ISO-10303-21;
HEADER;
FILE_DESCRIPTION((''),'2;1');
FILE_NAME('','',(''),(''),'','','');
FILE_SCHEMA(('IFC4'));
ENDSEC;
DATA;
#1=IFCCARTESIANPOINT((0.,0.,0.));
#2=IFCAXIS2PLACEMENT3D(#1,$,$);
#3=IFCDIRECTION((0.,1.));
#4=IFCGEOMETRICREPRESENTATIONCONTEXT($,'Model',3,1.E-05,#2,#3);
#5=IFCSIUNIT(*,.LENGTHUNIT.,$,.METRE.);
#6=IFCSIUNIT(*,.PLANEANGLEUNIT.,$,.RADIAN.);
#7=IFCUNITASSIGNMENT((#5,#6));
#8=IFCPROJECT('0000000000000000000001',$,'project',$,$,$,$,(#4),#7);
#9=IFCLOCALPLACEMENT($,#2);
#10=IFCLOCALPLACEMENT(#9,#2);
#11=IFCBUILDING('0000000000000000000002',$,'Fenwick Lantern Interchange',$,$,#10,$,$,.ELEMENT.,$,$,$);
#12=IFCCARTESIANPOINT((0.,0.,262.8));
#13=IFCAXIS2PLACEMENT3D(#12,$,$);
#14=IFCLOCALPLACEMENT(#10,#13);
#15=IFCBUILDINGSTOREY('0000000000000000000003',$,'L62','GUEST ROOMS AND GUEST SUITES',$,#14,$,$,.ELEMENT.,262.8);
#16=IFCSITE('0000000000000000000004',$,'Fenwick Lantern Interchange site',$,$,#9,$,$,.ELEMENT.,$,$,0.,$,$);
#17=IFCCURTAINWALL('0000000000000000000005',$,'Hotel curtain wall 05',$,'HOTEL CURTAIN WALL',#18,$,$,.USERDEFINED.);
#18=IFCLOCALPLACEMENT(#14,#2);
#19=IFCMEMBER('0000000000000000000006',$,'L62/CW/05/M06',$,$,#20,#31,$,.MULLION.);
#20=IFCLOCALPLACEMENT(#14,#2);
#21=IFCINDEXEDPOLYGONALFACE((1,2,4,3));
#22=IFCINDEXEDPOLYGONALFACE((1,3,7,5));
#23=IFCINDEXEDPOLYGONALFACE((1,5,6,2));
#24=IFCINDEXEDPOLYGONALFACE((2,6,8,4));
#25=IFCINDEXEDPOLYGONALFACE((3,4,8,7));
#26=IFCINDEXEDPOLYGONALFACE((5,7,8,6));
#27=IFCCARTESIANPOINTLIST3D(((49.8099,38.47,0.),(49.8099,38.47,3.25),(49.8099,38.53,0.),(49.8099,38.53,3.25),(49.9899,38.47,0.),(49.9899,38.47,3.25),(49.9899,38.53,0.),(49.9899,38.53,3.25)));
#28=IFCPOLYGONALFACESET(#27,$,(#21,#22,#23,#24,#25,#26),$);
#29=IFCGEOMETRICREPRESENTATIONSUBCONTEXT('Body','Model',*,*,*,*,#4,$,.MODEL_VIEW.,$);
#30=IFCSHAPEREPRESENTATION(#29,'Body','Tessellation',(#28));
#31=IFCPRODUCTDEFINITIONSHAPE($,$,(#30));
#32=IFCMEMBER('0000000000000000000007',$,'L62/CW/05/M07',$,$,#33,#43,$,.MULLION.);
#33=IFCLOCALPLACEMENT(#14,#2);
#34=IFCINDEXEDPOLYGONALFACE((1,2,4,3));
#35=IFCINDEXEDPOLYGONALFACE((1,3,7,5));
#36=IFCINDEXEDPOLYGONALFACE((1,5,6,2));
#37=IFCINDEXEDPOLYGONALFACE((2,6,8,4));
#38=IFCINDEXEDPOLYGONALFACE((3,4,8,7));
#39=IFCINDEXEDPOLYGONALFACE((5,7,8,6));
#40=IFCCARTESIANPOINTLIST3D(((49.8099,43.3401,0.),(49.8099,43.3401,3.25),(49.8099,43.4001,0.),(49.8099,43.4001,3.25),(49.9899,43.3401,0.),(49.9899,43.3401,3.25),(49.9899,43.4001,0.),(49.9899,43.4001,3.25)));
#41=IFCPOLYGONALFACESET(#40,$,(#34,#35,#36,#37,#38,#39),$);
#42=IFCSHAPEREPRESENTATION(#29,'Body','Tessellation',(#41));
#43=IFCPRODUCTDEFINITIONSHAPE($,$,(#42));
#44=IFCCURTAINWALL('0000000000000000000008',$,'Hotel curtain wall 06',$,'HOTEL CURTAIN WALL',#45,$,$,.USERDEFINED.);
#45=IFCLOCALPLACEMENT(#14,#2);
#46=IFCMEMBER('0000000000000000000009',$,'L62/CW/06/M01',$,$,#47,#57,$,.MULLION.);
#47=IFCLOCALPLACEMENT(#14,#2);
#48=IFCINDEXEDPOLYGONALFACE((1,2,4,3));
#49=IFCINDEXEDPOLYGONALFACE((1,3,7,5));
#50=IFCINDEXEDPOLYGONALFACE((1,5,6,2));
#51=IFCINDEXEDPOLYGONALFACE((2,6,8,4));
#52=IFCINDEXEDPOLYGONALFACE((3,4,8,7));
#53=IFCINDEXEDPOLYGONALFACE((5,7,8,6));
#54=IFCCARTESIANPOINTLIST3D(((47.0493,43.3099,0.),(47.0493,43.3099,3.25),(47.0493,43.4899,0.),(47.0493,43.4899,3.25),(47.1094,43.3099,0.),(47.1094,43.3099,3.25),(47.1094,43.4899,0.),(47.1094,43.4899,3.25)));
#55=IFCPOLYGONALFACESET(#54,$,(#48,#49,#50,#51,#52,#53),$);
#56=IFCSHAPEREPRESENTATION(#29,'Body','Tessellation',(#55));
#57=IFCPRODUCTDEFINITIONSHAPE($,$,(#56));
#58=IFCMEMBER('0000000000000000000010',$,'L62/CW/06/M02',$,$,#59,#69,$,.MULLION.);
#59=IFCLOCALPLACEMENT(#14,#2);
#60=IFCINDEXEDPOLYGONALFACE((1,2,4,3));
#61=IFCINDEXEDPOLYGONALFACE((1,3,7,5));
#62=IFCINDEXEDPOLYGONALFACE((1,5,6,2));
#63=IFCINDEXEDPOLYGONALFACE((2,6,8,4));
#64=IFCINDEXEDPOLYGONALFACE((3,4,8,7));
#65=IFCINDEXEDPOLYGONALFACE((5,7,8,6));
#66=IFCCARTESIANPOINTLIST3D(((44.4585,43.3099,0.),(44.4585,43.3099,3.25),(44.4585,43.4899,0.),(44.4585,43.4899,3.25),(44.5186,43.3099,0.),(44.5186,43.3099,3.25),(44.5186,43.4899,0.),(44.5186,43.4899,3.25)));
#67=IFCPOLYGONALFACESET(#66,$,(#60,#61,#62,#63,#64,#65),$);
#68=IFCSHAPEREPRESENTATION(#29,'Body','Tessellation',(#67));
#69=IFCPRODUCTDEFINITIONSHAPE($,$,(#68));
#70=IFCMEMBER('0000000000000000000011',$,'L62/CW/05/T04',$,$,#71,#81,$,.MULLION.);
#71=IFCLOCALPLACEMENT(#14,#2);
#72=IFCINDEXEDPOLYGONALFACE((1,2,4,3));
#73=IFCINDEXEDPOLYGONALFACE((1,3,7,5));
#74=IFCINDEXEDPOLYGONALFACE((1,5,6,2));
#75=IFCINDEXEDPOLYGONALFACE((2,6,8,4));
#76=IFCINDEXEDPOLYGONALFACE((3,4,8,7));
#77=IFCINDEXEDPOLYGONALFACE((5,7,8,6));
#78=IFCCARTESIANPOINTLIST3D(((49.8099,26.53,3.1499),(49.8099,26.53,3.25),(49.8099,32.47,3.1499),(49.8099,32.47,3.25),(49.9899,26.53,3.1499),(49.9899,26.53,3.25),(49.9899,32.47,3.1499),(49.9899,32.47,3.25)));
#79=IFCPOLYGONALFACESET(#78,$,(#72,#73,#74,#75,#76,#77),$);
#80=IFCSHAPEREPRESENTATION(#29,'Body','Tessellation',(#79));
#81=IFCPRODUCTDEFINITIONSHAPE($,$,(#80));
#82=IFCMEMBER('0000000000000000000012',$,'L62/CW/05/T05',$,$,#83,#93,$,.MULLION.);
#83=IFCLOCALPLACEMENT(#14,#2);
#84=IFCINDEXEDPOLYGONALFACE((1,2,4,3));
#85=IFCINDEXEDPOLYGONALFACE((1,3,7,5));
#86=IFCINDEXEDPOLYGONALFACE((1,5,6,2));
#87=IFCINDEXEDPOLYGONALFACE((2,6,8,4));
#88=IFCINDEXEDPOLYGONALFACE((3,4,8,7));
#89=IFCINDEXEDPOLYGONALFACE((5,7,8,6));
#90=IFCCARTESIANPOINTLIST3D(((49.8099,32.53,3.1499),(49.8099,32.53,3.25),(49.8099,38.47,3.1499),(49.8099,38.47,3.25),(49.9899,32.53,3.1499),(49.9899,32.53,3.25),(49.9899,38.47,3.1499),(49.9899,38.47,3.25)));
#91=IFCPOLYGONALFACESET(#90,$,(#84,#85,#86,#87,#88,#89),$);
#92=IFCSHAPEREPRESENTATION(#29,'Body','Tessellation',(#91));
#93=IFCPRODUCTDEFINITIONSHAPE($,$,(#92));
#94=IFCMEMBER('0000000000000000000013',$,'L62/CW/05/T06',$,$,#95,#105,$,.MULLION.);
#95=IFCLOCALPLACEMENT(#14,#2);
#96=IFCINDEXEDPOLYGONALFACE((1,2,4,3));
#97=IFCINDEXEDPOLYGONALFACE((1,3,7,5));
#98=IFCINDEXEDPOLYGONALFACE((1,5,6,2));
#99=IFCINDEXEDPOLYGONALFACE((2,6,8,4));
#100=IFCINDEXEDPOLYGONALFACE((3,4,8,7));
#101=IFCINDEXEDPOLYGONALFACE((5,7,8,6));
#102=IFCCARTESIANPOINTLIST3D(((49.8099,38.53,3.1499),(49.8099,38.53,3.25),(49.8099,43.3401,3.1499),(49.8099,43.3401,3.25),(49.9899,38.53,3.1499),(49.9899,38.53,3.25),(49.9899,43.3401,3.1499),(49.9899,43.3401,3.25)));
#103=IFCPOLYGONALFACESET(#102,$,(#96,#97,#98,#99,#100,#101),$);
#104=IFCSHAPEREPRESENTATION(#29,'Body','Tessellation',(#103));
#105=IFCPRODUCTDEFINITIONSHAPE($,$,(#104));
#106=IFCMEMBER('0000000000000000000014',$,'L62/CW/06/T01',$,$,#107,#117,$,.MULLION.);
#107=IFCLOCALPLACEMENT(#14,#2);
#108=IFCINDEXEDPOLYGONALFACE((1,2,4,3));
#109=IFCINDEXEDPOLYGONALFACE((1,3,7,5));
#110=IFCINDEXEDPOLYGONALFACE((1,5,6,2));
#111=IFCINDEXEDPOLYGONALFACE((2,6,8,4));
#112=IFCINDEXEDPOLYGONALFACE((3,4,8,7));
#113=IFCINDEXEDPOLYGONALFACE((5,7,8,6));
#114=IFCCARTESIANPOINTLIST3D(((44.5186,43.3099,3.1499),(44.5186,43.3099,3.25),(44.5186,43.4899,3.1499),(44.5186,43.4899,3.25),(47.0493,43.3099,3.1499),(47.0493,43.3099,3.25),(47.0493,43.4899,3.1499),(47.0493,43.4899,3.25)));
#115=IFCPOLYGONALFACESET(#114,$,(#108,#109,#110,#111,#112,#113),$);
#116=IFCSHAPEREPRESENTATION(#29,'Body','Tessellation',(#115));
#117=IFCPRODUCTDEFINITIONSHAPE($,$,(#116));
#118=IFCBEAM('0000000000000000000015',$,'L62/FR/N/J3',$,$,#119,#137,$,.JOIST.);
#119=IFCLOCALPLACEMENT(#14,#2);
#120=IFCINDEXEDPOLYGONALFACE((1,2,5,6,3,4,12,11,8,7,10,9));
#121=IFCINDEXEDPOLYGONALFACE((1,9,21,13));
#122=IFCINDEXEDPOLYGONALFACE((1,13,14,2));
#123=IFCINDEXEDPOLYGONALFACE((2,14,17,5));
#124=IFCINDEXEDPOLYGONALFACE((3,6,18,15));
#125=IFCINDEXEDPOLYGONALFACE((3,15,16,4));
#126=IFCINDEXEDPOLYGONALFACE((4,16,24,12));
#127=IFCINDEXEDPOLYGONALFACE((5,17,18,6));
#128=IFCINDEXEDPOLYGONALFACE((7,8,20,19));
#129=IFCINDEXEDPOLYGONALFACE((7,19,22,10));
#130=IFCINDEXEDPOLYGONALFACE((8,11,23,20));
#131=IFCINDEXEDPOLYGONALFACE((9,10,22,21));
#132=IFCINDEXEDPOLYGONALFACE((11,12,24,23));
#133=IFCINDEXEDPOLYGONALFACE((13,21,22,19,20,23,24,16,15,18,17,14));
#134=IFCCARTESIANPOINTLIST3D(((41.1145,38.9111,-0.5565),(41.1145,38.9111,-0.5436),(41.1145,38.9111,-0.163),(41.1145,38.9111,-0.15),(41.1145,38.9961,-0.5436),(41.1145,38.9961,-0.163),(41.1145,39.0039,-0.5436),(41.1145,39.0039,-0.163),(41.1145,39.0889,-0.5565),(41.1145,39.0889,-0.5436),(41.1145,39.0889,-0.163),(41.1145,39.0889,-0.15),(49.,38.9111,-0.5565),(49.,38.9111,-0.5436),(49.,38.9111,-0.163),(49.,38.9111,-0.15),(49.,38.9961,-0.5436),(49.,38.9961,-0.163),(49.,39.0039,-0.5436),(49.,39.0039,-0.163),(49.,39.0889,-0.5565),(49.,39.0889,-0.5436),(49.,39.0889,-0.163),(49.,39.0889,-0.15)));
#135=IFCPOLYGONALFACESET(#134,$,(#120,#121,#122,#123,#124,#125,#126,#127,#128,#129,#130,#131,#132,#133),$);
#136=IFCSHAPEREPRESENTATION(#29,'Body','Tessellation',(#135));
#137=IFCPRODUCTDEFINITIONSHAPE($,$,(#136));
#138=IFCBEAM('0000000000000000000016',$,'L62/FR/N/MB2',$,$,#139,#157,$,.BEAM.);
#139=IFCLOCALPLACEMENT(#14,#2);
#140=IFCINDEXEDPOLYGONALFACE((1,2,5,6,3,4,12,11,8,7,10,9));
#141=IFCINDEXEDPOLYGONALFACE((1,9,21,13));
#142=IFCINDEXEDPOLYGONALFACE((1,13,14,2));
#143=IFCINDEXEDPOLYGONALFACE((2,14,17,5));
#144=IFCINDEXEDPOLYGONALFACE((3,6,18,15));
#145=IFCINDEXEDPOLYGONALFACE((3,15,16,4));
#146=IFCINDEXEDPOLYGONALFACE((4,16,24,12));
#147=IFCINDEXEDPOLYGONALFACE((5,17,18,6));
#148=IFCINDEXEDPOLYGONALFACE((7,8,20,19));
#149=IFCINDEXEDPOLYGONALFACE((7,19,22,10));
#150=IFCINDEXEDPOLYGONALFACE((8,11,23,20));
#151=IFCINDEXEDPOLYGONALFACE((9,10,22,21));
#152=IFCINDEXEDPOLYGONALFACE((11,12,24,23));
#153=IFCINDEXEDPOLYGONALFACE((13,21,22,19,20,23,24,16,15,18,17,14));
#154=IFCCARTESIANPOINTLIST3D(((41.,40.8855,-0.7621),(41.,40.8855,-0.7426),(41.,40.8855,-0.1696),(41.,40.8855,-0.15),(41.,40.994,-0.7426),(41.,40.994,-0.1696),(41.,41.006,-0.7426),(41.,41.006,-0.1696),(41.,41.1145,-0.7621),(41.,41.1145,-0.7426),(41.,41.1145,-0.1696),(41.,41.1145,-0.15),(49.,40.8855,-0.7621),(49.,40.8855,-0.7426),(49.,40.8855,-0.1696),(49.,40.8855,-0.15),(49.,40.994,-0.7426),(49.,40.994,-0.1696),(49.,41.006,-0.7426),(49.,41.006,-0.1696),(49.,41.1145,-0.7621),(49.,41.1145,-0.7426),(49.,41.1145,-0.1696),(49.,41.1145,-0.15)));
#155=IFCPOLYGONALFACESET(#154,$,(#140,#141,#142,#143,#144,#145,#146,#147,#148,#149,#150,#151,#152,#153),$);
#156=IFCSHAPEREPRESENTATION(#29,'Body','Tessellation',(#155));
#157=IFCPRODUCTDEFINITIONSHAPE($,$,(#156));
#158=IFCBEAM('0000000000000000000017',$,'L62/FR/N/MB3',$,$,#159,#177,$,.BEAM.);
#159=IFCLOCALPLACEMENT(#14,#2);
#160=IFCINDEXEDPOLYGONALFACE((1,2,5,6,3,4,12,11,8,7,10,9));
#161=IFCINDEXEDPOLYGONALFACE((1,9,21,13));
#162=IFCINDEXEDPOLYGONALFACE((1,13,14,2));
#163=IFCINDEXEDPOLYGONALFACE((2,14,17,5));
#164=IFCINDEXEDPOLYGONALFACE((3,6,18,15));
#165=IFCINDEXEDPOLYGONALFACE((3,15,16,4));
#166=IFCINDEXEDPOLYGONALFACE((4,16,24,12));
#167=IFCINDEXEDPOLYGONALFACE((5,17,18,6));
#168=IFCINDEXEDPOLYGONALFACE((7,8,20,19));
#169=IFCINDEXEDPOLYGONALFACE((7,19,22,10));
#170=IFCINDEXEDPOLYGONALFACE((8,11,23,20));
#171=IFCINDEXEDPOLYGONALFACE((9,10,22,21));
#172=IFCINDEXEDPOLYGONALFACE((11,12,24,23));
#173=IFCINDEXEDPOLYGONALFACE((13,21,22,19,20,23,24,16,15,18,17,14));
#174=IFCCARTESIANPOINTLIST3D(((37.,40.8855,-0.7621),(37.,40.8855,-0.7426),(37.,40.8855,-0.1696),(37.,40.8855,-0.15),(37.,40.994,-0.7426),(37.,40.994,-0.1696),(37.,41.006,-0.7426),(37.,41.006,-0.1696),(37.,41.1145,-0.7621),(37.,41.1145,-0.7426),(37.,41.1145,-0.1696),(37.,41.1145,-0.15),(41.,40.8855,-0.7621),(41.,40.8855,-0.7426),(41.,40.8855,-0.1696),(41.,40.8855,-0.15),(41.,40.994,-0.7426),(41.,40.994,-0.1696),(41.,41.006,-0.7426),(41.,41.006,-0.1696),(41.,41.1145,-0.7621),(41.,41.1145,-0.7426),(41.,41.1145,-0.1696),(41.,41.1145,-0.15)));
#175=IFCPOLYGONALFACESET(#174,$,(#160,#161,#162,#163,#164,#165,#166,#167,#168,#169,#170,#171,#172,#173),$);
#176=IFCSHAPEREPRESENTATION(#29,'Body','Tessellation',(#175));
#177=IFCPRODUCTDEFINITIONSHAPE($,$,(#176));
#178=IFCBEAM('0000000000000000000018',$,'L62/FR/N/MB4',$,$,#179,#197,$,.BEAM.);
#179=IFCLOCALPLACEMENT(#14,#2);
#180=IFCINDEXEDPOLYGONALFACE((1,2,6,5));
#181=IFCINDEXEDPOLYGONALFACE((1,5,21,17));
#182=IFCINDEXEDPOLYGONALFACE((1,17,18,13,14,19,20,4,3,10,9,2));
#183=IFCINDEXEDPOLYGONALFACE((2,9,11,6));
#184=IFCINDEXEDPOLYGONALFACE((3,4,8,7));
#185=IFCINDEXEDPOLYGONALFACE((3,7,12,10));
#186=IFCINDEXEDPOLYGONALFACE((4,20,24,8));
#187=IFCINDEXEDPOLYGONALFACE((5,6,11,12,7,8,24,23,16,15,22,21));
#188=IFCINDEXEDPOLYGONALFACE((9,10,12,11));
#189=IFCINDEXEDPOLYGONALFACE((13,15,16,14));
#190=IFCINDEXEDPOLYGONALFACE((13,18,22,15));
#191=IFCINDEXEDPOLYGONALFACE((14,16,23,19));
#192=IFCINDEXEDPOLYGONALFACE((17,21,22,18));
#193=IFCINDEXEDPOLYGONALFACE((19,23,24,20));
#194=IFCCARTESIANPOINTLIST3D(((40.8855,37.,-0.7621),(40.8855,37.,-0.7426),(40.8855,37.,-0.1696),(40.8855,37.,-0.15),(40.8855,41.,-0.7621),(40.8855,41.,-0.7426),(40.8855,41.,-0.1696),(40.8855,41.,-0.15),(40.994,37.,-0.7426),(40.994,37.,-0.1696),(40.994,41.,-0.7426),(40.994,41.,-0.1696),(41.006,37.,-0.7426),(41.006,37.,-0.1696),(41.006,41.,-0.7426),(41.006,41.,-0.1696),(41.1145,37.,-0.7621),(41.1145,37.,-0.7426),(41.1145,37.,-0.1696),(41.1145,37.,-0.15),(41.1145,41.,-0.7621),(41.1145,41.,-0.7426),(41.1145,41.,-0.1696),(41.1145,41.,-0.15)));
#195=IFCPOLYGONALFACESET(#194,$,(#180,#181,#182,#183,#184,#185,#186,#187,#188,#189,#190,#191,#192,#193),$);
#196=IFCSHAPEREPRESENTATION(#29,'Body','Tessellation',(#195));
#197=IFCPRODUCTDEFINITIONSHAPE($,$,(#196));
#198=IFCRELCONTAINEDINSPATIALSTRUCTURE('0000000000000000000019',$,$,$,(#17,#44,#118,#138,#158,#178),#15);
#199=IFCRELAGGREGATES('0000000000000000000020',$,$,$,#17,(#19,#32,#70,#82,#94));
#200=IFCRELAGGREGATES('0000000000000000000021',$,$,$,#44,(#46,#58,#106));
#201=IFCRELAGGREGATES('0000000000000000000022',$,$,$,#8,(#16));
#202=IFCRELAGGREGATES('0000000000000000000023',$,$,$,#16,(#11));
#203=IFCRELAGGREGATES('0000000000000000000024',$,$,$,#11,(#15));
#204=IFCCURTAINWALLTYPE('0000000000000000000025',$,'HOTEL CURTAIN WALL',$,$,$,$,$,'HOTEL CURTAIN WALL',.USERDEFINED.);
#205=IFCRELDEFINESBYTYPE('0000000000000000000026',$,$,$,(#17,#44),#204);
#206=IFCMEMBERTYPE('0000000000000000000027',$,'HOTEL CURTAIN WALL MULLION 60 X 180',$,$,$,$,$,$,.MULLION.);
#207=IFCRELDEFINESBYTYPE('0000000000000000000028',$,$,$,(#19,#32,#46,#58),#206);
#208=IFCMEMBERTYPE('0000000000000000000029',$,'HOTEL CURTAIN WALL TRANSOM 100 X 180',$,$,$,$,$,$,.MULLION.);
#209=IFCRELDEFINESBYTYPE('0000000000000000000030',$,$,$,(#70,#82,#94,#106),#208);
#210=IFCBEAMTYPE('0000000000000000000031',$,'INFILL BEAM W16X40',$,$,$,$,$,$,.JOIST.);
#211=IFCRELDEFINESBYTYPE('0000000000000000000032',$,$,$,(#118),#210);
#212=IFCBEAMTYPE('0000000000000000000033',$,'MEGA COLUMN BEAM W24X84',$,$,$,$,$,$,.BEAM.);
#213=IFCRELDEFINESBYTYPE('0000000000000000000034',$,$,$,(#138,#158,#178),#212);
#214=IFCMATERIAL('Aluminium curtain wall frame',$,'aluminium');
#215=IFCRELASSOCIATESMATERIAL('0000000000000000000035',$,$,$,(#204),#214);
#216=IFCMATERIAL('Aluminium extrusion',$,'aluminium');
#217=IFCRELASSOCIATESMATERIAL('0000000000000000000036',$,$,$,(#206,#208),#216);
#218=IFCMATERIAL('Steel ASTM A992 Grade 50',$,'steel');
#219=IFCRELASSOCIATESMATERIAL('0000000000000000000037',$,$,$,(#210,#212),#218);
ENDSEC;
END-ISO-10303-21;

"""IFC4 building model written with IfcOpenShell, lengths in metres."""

from ifc_helpers import new_model, si_unit, direction, frame, origin, origin_2d, place, context, subcontext, project, spatial, rectangle, i_section, extrude, material, material_profile, profile_set, type_object, element, aggregate, save


model = new_model("IFC4")

# Units and contexts
model_context = context("Model", 3, precision=1e-05, world=origin(), true_north=direction((0.0, 1.0)))
body_context = subcontext(model_context, "Body", "Model", "MODEL_VIEW")
ifc_project = project(units=[si_unit("LENGTHUNIT", "METRE"), si_unit("PLANEANGLEUNIT", "RADIAN")], contexts=[model_context])

# Site, building, storey
site_placement = place(None, origin())
site = spatial("IfcSite", under=ifc_project, at=site_placement, Name="Fenwick Lantern Interchange site", CompositionType="ELEMENT", RefElevation=0.0)
building_placement = place(site_placement, origin())
building = spatial("IfcBuilding", under=site, at=building_placement, Name="Fenwick Lantern Interchange", CompositionType="ELEMENT")
storey_placement = place(building_placement, frame((0.0, 0.0, 262.8)))
storey = spatial("IfcBuildingStorey", under=building, at=storey_placement, Name="L62", Description="GUEST ROOMS AND GUEST SUITES", CompositionType="ELEMENT", Elevation=262.8)

# Shared definitions
ifc_material_1 = material(Name="Steel ASTM A992 Grade 50", Category="steel")

# Curtain walls, members
ifc_material_2 = material(Name="Aluminium curtain wall frame", Category="aluminium")
curtain_wall_type = type_object("IfcCurtainWallType", Name="HOTEL CURTAIN WALL", ElementType="HOTEL CURTAIN WALL", PredefinedType="USERDEFINED", material=ifc_material_2)
curtain_wall_1_placement = place(storey_placement, origin())
curtain_wall_1 = element("IfcCurtainWall", 1, at=curtain_wall_1_placement, inside=storey, type_object=curtain_wall_type, Name="Hotel curtain wall 05", ObjectType="HOTEL CURTAIN WALL", PredefinedType="USERDEFINED")
ifc_material_3 = material(Name="Aluminium extrusion", Category="aluminium")
ifc_material_profile_1 = material_profile(ifc_material_3, rectangle(XDim=0.1799, YDim=0.0601, at=origin_2d()), Name="HOTEL CURTAIN WALL MULLION 60 X 180")
ifc_profile_set_1 = profile_set([ifc_material_profile_1], Name="Aluminium extrusion")
member_type_1 = type_object("IfcMemberType", Name="HOTEL CURTAIN WALL MULLION 60 X 180", PredefinedType="MULLION", material=ifc_profile_set_1)
member_1_placement = place(storey_placement, frame((49.8999, 38.5, 0.0), z_axis=(0.0, 0.0, 1.0), x_axis=(-1.0, 0.0, 0.0)))
member_1 = element("IfcMember", 2, at=member_1_placement, type_object=member_type_1, Name="L62/CW/05/M06", PredefinedType="MULLION", context=body_context, shape_type="SweptSolid", body=[
    extrude(rectangle(XDim=0.1799, YDim=0.0601, at=origin_2d()), origin(), (0.0, 0.0, 1.0), 3.25),
])
member_2_placement = place(storey_placement, frame((49.8999, 43.3701, 0.0), z_axis=(0.0, 0.0, 1.0), x_axis=(-1.0, 0.0, 0.0)))
member_2 = element("IfcMember", 3, at=member_2_placement, type_object=member_type_1, Name="L62/CW/05/M07", PredefinedType="MULLION", context=body_context, shape_type="SweptSolid", body=[
    extrude(rectangle(XDim=0.1799, YDim=0.0601, at=origin_2d()), origin(), (0.0, 0.0, 1.0), 3.25),
])
curtain_wall_2_placement = place(storey_placement, origin())
curtain_wall_2 = element("IfcCurtainWall", 4, at=curtain_wall_2_placement, inside=storey, type_object=curtain_wall_type, Name="Hotel curtain wall 06", ObjectType="HOTEL CURTAIN WALL", PredefinedType="USERDEFINED")
member_3_placement = place(storey_placement, frame((47.0793, 43.3999, 0.0), z_axis=(0.0, 0.0, 1.0), x_axis=(0.0, -1.0, 0.0)))
member_3 = element("IfcMember", 5, at=member_3_placement, type_object=member_type_1, Name="L62/CW/06/M01", PredefinedType="MULLION", context=body_context, shape_type="SweptSolid", body=[
    extrude(rectangle(XDim=0.1799, YDim=0.0601, at=origin_2d()), origin(), (0.0, 0.0, 1.0), 3.25),
])
member_4_placement = place(storey_placement, frame((44.4885, 43.3999, 0.0), z_axis=(0.0, 0.0, 1.0), x_axis=(0.0, -1.0, 0.0)))
member_4 = element("IfcMember", 6, at=member_4_placement, type_object=member_type_1, Name="L62/CW/06/M02", PredefinedType="MULLION", context=body_context, shape_type="SweptSolid", body=[
    extrude(rectangle(XDim=0.1799, YDim=0.0601, at=origin_2d()), origin(), (0.0, 0.0, 1.0), 3.25),
])

# Members
ifc_material_profile_2 = material_profile(ifc_material_3, rectangle(XDim=0.1799, YDim=0.1001, at=origin_2d()), Name="HOTEL CURTAIN WALL TRANSOM 100 X 180")
ifc_profile_set_2 = profile_set([ifc_material_profile_2], Name="Aluminium extrusion")
member_type_2 = type_object("IfcMemberType", Name="HOTEL CURTAIN WALL TRANSOM 100 X 180", PredefinedType="MULLION", material=ifc_profile_set_2)
member_5_placement = place(storey_placement, frame((49.8999, 26.53, 3.2), z_axis=(0.0, 1.0, 0.0), x_axis=(-1.0, 0.0, 0.0)))
member_5 = element("IfcMember", 7, at=member_5_placement, type_object=member_type_2, Name="L62/CW/05/T04", PredefinedType="MULLION", context=body_context, shape_type="SweptSolid", body=[
    extrude(rectangle(XDim=0.1799, YDim=0.1001, at=origin_2d()), origin(), (0.0, 0.0, 1.0), 5.9399),
])
member_6_placement = place(storey_placement, frame((49.8999, 32.53, 3.2), z_axis=(0.0, 1.0, 0.0), x_axis=(-1.0, 0.0, 0.0)))
member_6 = element("IfcMember", 8, at=member_6_placement, type_object=member_type_2, Name="L62/CW/05/T05", PredefinedType="MULLION", context=body_context, shape_type="SweptSolid", body=[
    extrude(rectangle(XDim=0.1799, YDim=0.1001, at=origin_2d()), origin(), (0.0, 0.0, 1.0), 5.9399),
])
member_7_placement = place(storey_placement, frame((49.8999, 38.53, 3.2), z_axis=(0.0, 1.0, 0.0), x_axis=(-1.0, 0.0, 0.0)))
member_7 = element("IfcMember", 9, at=member_7_placement, type_object=member_type_2, Name="L62/CW/05/T06", PredefinedType="MULLION", context=body_context, shape_type="SweptSolid", body=[
    extrude(rectangle(XDim=0.1799, YDim=0.1001, at=origin_2d()), origin(), (0.0, 0.0, 1.0), 4.8101),
])
aggregate(curtain_wall_1, [member_1, member_2, member_5, member_6, member_7])
member_8_placement = place(storey_placement, frame((47.0493, 43.3999, 3.2), z_axis=(-1.0, 0.0, 0.0), x_axis=(0.0, -1.0, 0.0)))
member_8 = element("IfcMember", 10, at=member_8_placement, type_object=member_type_2, Name="L62/CW/06/T01", PredefinedType="MULLION", context=body_context, shape_type="SweptSolid", body=[
    extrude(rectangle(XDim=0.1799, YDim=0.1001, at=origin_2d()), origin(), (0.0, 0.0, 1.0), 2.5308),
])

# Beams
ifc_material_profile_3 = material_profile(ifc_material_1, i_section(OverallWidth=0.1777, OverallDepth=0.4065, WebThickness=0.0078, FlangeThickness=0.0129, at=origin_2d()), Name="W16X40")
ifc_profile_set_3 = profile_set([ifc_material_profile_3], Name="Steel ASTM A992 Grade 50")
beam_type_1 = type_object("IfcBeamType", Name="INFILL BEAM W16X40", PredefinedType="JOIST", material=ifc_profile_set_3)
beam_1_placement = place(storey_placement, frame((49.0, 39.0, -0.3533), z_axis=(-1.0, 0.0, 0.0), x_axis=(0.0, -1.0, 0.0)))
element("IfcBeam", 11, at=beam_1_placement, inside=storey, type_object=beam_type_1, Name="L62/FR/N/J3", PredefinedType="JOIST", context=body_context, shape_type="SweptSolid", body=[
    extrude(i_section(OverallWidth=0.1777, OverallDepth=0.4065, WebThickness=0.0078, FlangeThickness=0.0129, at=origin_2d()), origin(), (0.0, 0.0, 1.0), 7.8855),
])
ifc_material_profile_4 = material_profile(ifc_material_1, i_section(OverallWidth=0.229, OverallDepth=0.6121, WebThickness=0.012, FlangeThickness=0.0195, at=origin_2d()), Name="W24X84")
ifc_profile_set_4 = profile_set([ifc_material_profile_4], Name="Steel ASTM A992 Grade 50")
beam_type_2 = type_object("IfcBeamType", Name="MEGA COLUMN BEAM W24X84", PredefinedType="BEAM", material=ifc_profile_set_4)
beam_2_placement = place(storey_placement, frame((41.0, 41.0, -0.4561), z_axis=(1.0, 0.0, 0.0), x_axis=(0.0, 1.0, 0.0)))
element("IfcBeam", 12, at=beam_2_placement, inside=storey, type_object=beam_type_2, Name="L62/FR/N/MB2", PredefinedType="BEAM", context=body_context, shape_type="SweptSolid", body=[
    extrude(i_section(OverallWidth=0.229, OverallDepth=0.6121, WebThickness=0.012, FlangeThickness=0.0195, at=origin_2d()), origin(), (0.0, 0.0, 1.0), 8.0),
])
for number, where, z_axis, x_axis, name in (
    (13, (41.0, 41.0, -0.4561), (-1.0, 0.0, 0.0), (0.0, -1.0, 0.0), "L62/FR/N/MB3"),
    (14, (41.0, 41.0, -0.4561), (0.0, -1.0, 0.0), (1.0, 0.0, 0.0), "L62/FR/N/MB4"),
):
    element("IfcBeam", number, at=place(storey_placement, frame(where, z_axis=z_axis, x_axis=x_axis)), inside=storey, type_object=beam_type_2, Name=name, PredefinedType="BEAM", context=body_context, shape_type="SweptSolid", body=[
        extrude(i_section(OverallWidth=0.229, OverallDepth=0.6121, WebThickness=0.012, FlangeThickness=0.0195, at=origin_2d()), origin(), (0.0, 0.0, 1.0), 4.0),
    ])

aggregate(curtain_wall_2, [member_3, member_4, member_8])

save(model, "model.ifc")
